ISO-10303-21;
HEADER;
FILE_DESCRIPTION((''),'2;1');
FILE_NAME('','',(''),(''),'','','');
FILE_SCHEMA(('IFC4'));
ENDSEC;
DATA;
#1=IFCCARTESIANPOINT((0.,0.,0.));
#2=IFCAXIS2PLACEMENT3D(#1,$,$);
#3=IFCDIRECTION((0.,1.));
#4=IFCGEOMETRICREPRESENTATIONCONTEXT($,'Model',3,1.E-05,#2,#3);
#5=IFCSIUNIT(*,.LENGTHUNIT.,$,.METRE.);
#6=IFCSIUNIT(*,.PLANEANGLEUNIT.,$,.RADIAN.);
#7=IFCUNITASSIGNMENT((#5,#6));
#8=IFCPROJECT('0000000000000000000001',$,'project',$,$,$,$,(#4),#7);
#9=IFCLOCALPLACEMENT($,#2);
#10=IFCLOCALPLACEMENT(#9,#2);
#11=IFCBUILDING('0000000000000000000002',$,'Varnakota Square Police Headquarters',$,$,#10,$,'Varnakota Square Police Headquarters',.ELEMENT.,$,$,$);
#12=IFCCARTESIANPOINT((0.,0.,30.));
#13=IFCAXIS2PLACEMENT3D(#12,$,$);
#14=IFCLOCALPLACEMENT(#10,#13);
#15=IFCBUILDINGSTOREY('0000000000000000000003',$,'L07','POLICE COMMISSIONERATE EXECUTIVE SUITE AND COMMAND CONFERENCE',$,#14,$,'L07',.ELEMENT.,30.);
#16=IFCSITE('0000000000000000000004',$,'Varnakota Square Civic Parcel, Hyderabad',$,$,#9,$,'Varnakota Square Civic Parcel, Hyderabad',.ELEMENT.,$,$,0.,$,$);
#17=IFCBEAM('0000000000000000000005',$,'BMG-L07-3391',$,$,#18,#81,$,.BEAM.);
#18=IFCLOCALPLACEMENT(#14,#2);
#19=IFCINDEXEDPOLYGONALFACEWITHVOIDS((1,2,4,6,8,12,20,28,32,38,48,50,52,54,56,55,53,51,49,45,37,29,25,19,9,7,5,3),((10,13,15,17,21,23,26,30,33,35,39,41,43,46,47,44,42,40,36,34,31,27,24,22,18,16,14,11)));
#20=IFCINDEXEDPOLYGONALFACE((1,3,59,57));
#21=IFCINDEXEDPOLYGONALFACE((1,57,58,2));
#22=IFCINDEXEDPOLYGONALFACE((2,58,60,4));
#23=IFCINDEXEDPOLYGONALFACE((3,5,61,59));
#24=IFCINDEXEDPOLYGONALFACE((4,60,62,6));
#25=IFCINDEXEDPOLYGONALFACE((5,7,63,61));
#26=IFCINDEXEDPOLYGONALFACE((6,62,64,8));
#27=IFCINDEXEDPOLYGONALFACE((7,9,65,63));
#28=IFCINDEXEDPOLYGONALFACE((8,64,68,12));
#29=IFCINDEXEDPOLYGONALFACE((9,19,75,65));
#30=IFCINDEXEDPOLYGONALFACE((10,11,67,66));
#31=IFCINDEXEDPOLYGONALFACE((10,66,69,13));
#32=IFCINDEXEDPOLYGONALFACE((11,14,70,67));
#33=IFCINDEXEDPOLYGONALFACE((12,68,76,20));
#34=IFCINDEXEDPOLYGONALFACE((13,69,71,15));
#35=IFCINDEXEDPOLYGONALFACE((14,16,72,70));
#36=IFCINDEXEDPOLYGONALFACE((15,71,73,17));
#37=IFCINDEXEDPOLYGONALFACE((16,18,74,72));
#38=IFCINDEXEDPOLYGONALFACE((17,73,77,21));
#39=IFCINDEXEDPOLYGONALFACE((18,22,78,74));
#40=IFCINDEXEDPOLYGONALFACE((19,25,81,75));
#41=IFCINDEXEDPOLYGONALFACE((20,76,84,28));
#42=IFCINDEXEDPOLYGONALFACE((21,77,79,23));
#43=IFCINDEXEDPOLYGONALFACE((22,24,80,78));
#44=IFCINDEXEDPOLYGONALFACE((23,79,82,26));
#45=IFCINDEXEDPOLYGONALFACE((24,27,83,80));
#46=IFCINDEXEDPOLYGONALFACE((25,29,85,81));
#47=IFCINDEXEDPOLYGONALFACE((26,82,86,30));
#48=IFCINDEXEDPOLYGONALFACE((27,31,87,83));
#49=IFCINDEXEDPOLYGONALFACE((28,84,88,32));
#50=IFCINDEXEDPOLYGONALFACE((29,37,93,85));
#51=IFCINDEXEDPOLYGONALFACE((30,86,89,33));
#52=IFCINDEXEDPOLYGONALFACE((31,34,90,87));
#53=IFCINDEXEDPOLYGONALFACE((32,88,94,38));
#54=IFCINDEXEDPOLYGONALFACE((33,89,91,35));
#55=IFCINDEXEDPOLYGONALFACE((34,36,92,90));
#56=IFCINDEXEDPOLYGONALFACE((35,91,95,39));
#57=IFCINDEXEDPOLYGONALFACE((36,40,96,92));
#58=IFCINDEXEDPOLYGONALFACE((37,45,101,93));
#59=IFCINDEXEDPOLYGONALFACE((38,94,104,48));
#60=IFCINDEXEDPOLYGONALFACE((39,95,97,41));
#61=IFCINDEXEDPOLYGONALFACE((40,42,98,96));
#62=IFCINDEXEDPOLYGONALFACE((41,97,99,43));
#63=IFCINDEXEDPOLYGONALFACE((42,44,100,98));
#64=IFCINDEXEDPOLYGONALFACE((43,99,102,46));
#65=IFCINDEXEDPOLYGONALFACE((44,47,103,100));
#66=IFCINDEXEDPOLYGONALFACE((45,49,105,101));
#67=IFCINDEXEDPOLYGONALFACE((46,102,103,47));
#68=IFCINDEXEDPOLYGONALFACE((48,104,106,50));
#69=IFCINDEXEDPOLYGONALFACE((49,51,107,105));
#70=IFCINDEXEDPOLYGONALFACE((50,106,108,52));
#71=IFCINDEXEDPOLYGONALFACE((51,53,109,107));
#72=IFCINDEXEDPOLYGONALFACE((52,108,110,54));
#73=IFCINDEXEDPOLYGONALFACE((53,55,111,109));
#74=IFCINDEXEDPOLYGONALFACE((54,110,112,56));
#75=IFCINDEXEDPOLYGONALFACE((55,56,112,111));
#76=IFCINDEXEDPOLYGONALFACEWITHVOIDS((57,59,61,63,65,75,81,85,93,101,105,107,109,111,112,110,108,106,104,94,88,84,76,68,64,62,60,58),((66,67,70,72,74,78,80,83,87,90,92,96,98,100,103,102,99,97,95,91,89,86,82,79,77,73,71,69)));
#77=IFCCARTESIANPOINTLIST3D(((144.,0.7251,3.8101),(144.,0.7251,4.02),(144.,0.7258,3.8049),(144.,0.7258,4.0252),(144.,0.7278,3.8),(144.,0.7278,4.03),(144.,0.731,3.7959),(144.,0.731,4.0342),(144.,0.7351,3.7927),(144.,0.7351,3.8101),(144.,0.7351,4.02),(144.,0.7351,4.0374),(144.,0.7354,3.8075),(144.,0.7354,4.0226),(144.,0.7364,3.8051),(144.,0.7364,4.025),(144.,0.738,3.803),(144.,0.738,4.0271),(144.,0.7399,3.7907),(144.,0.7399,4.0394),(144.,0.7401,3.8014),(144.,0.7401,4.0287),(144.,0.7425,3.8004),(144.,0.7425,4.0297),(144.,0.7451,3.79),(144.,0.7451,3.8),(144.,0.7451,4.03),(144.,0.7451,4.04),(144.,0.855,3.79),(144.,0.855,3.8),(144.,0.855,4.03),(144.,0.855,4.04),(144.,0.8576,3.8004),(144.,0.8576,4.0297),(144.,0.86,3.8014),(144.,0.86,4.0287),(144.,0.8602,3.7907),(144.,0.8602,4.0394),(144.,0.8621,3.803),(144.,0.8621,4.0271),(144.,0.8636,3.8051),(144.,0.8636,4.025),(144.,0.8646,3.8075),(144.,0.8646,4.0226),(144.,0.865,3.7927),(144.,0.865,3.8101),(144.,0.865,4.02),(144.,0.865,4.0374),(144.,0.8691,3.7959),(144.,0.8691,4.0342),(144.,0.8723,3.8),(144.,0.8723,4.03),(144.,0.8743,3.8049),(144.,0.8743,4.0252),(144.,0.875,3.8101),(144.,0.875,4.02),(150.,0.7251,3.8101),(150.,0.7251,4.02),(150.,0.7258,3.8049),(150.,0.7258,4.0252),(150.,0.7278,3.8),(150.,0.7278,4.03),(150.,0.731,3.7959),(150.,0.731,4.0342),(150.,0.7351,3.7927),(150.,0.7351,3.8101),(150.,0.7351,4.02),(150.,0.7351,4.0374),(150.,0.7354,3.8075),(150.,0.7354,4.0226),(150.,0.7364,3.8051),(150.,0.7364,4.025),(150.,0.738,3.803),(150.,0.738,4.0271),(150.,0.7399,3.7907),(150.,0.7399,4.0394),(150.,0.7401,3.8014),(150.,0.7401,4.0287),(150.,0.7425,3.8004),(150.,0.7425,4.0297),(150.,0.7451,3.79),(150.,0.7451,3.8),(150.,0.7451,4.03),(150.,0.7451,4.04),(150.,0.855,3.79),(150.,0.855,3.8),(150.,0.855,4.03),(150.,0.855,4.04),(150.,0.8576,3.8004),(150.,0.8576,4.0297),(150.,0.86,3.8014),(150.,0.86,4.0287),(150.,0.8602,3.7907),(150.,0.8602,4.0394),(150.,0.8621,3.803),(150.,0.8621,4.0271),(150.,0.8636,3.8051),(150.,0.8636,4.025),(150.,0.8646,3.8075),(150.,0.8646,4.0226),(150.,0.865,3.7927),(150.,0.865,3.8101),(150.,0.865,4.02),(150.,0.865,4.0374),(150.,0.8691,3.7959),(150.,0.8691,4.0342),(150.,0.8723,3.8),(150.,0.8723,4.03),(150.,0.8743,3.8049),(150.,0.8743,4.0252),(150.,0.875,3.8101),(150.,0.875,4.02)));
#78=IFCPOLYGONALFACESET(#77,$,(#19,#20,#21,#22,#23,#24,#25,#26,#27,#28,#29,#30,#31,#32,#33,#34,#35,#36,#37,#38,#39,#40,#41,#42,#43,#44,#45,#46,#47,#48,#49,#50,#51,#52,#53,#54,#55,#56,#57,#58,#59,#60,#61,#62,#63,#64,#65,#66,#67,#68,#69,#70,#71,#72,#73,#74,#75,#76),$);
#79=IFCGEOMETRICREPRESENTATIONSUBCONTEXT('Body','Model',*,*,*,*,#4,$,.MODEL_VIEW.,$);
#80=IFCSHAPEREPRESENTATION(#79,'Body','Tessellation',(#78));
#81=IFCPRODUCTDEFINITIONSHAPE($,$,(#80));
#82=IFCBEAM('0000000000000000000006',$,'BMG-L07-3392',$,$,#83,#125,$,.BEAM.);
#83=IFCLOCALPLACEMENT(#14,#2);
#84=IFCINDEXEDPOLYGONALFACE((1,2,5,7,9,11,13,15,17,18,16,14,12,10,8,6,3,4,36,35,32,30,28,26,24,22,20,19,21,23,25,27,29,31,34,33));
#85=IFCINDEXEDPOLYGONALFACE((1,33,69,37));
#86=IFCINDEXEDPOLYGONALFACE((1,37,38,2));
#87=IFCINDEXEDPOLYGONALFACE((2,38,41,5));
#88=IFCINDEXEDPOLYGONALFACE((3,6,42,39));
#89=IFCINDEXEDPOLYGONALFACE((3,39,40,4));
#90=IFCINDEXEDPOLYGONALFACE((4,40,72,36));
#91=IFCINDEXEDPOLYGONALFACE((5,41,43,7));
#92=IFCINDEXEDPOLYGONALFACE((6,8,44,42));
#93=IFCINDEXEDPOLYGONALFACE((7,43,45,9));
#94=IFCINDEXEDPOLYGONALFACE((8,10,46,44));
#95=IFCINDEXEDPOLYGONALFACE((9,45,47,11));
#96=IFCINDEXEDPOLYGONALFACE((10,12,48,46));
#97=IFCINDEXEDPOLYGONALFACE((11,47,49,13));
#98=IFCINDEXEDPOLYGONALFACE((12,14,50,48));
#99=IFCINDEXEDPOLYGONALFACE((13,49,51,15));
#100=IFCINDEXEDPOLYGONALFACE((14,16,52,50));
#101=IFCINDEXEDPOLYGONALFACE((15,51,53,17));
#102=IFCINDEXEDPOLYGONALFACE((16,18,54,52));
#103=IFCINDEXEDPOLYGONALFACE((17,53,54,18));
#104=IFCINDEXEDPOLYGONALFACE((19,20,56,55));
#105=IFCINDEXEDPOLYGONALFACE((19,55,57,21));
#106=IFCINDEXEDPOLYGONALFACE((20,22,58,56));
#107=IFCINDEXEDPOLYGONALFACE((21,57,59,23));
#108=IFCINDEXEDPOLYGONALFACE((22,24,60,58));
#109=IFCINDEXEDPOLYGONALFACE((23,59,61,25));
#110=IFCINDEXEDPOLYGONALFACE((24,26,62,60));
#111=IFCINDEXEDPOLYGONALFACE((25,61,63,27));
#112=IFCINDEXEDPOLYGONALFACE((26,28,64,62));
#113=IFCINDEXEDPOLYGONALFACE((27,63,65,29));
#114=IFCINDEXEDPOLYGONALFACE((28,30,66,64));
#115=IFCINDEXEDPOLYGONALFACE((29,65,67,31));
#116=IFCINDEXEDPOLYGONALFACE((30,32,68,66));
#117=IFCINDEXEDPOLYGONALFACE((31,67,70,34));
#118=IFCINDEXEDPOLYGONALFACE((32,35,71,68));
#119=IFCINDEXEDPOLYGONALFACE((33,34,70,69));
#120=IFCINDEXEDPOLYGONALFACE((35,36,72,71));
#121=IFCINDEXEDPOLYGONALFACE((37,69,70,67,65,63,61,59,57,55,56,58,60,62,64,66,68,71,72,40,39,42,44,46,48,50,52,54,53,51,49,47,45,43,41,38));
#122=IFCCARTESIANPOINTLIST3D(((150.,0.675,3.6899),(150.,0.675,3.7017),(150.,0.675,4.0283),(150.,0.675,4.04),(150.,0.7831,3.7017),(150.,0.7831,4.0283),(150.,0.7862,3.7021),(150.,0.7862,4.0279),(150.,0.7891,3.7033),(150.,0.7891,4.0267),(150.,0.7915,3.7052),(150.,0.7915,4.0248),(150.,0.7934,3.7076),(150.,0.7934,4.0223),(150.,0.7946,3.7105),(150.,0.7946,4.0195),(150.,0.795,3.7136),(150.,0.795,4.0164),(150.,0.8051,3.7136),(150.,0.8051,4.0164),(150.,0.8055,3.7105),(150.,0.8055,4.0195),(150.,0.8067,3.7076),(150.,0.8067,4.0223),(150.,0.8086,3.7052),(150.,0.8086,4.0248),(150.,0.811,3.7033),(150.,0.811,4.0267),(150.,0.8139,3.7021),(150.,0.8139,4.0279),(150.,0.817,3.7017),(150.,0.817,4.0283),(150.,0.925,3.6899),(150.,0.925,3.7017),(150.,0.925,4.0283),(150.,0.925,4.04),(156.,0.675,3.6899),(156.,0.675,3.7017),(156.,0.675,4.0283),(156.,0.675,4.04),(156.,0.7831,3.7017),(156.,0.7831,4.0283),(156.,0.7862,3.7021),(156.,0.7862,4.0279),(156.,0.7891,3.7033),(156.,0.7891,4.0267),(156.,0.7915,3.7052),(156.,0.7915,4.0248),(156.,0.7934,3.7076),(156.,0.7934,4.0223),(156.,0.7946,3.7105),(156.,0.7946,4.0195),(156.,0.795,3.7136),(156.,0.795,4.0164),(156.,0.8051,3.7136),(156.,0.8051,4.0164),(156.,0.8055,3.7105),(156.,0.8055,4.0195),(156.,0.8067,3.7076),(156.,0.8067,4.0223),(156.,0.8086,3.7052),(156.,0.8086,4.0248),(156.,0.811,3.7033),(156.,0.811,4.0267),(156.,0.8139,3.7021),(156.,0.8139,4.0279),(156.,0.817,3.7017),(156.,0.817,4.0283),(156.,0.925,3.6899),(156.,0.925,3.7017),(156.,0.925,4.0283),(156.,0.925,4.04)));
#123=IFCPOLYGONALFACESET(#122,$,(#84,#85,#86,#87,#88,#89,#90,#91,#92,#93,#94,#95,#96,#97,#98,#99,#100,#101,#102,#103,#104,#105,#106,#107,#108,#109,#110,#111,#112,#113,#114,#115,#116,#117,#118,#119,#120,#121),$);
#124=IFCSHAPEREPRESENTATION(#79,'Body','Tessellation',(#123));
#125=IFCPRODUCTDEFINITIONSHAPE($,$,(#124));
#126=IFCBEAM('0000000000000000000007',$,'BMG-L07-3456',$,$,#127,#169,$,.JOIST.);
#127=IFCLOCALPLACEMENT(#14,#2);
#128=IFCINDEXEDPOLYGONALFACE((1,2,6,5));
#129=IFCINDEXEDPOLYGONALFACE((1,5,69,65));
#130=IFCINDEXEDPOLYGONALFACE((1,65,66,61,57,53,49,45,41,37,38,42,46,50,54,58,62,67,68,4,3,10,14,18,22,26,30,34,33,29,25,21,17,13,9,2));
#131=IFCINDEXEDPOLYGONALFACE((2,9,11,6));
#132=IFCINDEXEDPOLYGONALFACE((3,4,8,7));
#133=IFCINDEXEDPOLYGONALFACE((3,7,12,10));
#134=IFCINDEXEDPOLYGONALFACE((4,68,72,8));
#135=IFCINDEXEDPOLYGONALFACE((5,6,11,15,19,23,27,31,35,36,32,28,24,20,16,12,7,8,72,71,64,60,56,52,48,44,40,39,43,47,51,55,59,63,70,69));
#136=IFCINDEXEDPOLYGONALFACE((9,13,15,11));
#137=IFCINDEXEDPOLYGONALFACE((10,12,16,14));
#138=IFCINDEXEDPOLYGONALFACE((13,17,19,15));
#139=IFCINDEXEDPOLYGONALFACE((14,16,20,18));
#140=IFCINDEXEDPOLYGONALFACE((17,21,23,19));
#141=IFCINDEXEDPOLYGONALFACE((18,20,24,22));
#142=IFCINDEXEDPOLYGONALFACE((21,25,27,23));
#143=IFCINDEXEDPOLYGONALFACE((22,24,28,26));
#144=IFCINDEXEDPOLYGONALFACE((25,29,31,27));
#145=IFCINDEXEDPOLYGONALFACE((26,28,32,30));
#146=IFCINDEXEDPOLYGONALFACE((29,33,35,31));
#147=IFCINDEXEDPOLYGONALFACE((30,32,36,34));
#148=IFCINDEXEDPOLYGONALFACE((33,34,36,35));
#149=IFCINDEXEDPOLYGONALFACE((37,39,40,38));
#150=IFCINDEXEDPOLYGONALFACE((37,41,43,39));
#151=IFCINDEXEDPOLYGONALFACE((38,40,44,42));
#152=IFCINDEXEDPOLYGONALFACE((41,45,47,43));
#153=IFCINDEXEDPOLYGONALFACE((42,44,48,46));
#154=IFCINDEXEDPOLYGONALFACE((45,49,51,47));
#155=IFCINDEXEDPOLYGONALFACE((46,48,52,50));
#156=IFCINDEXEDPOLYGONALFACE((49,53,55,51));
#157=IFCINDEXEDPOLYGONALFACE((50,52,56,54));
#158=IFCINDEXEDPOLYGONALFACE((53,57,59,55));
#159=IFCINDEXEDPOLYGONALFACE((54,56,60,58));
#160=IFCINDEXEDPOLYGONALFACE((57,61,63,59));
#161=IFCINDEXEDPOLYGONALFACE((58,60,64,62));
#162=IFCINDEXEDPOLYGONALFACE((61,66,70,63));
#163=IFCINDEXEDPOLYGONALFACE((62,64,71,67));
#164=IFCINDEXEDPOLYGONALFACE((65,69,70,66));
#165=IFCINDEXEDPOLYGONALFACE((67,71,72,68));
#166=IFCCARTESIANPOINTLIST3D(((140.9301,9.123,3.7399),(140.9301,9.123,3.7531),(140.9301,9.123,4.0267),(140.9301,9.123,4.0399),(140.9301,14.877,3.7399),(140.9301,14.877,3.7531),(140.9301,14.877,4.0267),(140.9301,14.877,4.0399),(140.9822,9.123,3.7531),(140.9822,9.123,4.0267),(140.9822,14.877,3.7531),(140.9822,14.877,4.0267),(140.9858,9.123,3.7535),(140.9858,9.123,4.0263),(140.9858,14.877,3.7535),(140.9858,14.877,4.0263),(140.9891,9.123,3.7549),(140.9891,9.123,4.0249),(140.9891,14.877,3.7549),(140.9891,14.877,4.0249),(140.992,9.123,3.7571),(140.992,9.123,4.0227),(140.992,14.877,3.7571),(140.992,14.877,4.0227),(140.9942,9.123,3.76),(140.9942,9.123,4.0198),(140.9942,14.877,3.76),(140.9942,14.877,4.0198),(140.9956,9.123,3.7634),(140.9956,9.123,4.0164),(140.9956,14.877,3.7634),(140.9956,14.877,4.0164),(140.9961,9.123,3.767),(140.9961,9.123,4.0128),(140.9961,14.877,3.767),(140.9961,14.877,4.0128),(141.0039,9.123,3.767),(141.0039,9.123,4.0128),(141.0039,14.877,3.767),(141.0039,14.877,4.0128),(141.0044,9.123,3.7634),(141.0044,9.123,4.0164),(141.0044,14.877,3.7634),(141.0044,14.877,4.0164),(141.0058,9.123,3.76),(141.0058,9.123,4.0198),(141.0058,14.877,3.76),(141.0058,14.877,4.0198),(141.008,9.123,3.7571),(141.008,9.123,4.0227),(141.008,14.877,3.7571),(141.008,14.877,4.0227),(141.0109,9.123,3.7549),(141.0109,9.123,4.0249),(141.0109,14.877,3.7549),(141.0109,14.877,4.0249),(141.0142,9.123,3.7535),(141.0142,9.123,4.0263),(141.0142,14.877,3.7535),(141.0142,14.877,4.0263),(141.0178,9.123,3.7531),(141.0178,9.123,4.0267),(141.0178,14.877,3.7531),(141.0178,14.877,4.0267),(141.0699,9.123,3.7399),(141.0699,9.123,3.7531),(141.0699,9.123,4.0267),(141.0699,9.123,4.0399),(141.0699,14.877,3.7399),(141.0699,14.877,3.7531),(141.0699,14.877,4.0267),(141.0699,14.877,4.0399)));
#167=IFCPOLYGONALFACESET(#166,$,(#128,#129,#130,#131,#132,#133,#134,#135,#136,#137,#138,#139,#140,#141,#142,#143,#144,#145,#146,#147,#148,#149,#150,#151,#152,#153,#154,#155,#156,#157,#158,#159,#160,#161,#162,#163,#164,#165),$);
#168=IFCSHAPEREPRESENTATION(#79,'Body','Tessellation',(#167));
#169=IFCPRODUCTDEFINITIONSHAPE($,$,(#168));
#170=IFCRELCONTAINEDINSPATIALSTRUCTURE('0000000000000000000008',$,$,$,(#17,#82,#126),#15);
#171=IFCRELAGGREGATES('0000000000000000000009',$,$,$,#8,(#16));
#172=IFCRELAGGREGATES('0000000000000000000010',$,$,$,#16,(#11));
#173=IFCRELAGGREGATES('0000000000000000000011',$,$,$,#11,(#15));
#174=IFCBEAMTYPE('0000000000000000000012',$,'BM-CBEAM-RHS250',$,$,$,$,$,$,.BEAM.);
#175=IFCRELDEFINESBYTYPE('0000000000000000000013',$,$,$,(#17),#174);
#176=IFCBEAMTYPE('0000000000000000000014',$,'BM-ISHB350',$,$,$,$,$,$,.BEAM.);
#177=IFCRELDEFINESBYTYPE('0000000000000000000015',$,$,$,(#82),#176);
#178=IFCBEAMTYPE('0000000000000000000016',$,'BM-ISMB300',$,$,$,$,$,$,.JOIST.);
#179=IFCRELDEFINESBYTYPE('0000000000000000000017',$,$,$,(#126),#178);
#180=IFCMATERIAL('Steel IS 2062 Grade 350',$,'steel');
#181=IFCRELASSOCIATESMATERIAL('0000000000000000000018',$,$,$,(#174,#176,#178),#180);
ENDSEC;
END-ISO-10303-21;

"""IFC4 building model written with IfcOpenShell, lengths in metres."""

from ifc_helpers import new_model, si_unit, direction, frame, origin, origin_2d, place, context, subcontext, project, spatial, hollow_rectangle, i_section, extrude, material, material_profile, profile_set, type_object, element, save


model = new_model("IFC4")

# Units and contexts
model_context = context("Model", 3, precision=1e-05, world=origin(), true_north=direction((0.0, 1.0)))
body_context = subcontext(model_context, "Body", "Model", "MODEL_VIEW")
ifc_project = project(units=[si_unit("LENGTHUNIT", "METRE"), si_unit("PLANEANGLEUNIT", "RADIAN")], contexts=[model_context])

# Site, building, storey
site_placement = place(None, origin())
site = spatial("IfcSite", under=ifc_project, at=site_placement, Name="Varnakota Square Civic Parcel, Hyderabad", LongName="Varnakota Square Civic Parcel, Hyderabad", CompositionType="ELEMENT", RefElevation=0.0)
building_placement = place(site_placement, origin())
building = spatial("IfcBuilding", under=site, at=building_placement, Name="Varnakota Square Police Headquarters", LongName="Varnakota Square Police Headquarters", CompositionType="ELEMENT")
storey_placement = place(building_placement, frame((0.0, 0.0, 30.0)))
storey = spatial("IfcBuildingStorey", under=building, at=storey_placement, Name="L07", Description="POLICE COMMISSIONERATE EXECUTIVE SUITE AND COMMAND CONFERENCE", LongName="L07", CompositionType="ELEMENT", Elevation=30.0)

# Shared definitions
ifc_material_1 = material(Name="Steel IS 2062 Grade 350", Category="steel")

# Beams
ifc_material_profile_1 = material_profile(ifc_material_1, hollow_rectangle(XDim=0.1499, YDim=0.25, WallThickness=0.01, InnerFilletRadius=0.01, OuterFilletRadius=0.02, at=origin_2d()), Name="RHS 250x150x10")
ifc_profile_set_1 = profile_set([ifc_material_profile_1], Name="Steel IS 2062 Grade 350")
beam_type_1 = type_object("IfcBeamType", Name="BM-CBEAM-RHS250", PredefinedType="BEAM", material=ifc_profile_set_1)
beam_1_placement = place(storey_placement, frame((144.0, 0.8, 3.915), z_axis=(1.0, 0.0, 0.0), x_axis=(0.0, 1.0, 0.0)))
element("IfcBeam", 1, at=beam_1_placement, inside=storey, type_object=beam_type_1, Name="BMG-L07-3391", PredefinedType="BEAM", context=body_context, shape_type="SweptSolid", body=[
    extrude(hollow_rectangle(XDim=0.1499, YDim=0.25, WallThickness=0.01, InnerFilletRadius=0.01, OuterFilletRadius=0.02, at=origin_2d()), origin(), (0.0, 0.0, 1.0), 6.0),
])
ifc_material_profile_2 = material_profile(ifc_material_1, i_section(OverallWidth=0.25, OverallDepth=0.3501, WebThickness=0.01, FlangeThickness=0.0117, FilletRadius=0.012, at=origin_2d()), Name="ISHB 350")
ifc_profile_set_2 = profile_set([ifc_material_profile_2], Name="Steel IS 2062 Grade 350")
beam_type_2 = type_object("IfcBeamType", Name="BM-ISHB350", PredefinedType="BEAM", material=ifc_profile_set_2)
beam_2_placement = place(storey_placement, frame((150.0, 0.8, 3.865), z_axis=(1.0, 0.0, 0.0), x_axis=(0.0, 1.0, 0.0)))
element("IfcBeam", 2, at=beam_2_placement, inside=storey, type_object=beam_type_2, Name="BMG-L07-3392", PredefinedType="BEAM", context=body_context, shape_type="SweptSolid", body=[
    extrude(i_section(OverallWidth=0.25, OverallDepth=0.3501, WebThickness=0.01, FlangeThickness=0.0117, FilletRadius=0.012, at=origin_2d()), origin(), (0.0, 0.0, 1.0), 6.0),
])
ifc_material_profile_3 = material_profile(ifc_material_1, i_section(OverallWidth=0.1399, OverallDepth=0.3, WebThickness=0.0078, FlangeThickness=0.0132, FilletRadius=0.0139, at=origin_2d()), Name="ISMB 300")
ifc_profile_set_3 = profile_set([ifc_material_profile_3], Name="Steel IS 2062 Grade 350")
beam_type_3 = type_object("IfcBeamType", Name="BM-ISMB300", PredefinedType="JOIST", material=ifc_profile_set_3)
beam_3_placement = place(storey_placement, frame((141.0, 9.123, 3.8899), z_axis=(0.0, 1.0, 0.0), x_axis=(-1.0, 0.0, 0.0)))
element("IfcBeam", 3, at=beam_3_placement, inside=storey, type_object=beam_type_3, Name="BMG-L07-3456", PredefinedType="JOIST", context=body_context, shape_type="SweptSolid", body=[
    extrude(i_section(OverallWidth=0.1399, OverallDepth=0.3, WebThickness=0.0078, FlangeThickness=0.0132, FilletRadius=0.0139, at=origin_2d()), origin(), (0.0, 0.0, 1.0), 5.7539),
])

save(model, "model.ifc")
